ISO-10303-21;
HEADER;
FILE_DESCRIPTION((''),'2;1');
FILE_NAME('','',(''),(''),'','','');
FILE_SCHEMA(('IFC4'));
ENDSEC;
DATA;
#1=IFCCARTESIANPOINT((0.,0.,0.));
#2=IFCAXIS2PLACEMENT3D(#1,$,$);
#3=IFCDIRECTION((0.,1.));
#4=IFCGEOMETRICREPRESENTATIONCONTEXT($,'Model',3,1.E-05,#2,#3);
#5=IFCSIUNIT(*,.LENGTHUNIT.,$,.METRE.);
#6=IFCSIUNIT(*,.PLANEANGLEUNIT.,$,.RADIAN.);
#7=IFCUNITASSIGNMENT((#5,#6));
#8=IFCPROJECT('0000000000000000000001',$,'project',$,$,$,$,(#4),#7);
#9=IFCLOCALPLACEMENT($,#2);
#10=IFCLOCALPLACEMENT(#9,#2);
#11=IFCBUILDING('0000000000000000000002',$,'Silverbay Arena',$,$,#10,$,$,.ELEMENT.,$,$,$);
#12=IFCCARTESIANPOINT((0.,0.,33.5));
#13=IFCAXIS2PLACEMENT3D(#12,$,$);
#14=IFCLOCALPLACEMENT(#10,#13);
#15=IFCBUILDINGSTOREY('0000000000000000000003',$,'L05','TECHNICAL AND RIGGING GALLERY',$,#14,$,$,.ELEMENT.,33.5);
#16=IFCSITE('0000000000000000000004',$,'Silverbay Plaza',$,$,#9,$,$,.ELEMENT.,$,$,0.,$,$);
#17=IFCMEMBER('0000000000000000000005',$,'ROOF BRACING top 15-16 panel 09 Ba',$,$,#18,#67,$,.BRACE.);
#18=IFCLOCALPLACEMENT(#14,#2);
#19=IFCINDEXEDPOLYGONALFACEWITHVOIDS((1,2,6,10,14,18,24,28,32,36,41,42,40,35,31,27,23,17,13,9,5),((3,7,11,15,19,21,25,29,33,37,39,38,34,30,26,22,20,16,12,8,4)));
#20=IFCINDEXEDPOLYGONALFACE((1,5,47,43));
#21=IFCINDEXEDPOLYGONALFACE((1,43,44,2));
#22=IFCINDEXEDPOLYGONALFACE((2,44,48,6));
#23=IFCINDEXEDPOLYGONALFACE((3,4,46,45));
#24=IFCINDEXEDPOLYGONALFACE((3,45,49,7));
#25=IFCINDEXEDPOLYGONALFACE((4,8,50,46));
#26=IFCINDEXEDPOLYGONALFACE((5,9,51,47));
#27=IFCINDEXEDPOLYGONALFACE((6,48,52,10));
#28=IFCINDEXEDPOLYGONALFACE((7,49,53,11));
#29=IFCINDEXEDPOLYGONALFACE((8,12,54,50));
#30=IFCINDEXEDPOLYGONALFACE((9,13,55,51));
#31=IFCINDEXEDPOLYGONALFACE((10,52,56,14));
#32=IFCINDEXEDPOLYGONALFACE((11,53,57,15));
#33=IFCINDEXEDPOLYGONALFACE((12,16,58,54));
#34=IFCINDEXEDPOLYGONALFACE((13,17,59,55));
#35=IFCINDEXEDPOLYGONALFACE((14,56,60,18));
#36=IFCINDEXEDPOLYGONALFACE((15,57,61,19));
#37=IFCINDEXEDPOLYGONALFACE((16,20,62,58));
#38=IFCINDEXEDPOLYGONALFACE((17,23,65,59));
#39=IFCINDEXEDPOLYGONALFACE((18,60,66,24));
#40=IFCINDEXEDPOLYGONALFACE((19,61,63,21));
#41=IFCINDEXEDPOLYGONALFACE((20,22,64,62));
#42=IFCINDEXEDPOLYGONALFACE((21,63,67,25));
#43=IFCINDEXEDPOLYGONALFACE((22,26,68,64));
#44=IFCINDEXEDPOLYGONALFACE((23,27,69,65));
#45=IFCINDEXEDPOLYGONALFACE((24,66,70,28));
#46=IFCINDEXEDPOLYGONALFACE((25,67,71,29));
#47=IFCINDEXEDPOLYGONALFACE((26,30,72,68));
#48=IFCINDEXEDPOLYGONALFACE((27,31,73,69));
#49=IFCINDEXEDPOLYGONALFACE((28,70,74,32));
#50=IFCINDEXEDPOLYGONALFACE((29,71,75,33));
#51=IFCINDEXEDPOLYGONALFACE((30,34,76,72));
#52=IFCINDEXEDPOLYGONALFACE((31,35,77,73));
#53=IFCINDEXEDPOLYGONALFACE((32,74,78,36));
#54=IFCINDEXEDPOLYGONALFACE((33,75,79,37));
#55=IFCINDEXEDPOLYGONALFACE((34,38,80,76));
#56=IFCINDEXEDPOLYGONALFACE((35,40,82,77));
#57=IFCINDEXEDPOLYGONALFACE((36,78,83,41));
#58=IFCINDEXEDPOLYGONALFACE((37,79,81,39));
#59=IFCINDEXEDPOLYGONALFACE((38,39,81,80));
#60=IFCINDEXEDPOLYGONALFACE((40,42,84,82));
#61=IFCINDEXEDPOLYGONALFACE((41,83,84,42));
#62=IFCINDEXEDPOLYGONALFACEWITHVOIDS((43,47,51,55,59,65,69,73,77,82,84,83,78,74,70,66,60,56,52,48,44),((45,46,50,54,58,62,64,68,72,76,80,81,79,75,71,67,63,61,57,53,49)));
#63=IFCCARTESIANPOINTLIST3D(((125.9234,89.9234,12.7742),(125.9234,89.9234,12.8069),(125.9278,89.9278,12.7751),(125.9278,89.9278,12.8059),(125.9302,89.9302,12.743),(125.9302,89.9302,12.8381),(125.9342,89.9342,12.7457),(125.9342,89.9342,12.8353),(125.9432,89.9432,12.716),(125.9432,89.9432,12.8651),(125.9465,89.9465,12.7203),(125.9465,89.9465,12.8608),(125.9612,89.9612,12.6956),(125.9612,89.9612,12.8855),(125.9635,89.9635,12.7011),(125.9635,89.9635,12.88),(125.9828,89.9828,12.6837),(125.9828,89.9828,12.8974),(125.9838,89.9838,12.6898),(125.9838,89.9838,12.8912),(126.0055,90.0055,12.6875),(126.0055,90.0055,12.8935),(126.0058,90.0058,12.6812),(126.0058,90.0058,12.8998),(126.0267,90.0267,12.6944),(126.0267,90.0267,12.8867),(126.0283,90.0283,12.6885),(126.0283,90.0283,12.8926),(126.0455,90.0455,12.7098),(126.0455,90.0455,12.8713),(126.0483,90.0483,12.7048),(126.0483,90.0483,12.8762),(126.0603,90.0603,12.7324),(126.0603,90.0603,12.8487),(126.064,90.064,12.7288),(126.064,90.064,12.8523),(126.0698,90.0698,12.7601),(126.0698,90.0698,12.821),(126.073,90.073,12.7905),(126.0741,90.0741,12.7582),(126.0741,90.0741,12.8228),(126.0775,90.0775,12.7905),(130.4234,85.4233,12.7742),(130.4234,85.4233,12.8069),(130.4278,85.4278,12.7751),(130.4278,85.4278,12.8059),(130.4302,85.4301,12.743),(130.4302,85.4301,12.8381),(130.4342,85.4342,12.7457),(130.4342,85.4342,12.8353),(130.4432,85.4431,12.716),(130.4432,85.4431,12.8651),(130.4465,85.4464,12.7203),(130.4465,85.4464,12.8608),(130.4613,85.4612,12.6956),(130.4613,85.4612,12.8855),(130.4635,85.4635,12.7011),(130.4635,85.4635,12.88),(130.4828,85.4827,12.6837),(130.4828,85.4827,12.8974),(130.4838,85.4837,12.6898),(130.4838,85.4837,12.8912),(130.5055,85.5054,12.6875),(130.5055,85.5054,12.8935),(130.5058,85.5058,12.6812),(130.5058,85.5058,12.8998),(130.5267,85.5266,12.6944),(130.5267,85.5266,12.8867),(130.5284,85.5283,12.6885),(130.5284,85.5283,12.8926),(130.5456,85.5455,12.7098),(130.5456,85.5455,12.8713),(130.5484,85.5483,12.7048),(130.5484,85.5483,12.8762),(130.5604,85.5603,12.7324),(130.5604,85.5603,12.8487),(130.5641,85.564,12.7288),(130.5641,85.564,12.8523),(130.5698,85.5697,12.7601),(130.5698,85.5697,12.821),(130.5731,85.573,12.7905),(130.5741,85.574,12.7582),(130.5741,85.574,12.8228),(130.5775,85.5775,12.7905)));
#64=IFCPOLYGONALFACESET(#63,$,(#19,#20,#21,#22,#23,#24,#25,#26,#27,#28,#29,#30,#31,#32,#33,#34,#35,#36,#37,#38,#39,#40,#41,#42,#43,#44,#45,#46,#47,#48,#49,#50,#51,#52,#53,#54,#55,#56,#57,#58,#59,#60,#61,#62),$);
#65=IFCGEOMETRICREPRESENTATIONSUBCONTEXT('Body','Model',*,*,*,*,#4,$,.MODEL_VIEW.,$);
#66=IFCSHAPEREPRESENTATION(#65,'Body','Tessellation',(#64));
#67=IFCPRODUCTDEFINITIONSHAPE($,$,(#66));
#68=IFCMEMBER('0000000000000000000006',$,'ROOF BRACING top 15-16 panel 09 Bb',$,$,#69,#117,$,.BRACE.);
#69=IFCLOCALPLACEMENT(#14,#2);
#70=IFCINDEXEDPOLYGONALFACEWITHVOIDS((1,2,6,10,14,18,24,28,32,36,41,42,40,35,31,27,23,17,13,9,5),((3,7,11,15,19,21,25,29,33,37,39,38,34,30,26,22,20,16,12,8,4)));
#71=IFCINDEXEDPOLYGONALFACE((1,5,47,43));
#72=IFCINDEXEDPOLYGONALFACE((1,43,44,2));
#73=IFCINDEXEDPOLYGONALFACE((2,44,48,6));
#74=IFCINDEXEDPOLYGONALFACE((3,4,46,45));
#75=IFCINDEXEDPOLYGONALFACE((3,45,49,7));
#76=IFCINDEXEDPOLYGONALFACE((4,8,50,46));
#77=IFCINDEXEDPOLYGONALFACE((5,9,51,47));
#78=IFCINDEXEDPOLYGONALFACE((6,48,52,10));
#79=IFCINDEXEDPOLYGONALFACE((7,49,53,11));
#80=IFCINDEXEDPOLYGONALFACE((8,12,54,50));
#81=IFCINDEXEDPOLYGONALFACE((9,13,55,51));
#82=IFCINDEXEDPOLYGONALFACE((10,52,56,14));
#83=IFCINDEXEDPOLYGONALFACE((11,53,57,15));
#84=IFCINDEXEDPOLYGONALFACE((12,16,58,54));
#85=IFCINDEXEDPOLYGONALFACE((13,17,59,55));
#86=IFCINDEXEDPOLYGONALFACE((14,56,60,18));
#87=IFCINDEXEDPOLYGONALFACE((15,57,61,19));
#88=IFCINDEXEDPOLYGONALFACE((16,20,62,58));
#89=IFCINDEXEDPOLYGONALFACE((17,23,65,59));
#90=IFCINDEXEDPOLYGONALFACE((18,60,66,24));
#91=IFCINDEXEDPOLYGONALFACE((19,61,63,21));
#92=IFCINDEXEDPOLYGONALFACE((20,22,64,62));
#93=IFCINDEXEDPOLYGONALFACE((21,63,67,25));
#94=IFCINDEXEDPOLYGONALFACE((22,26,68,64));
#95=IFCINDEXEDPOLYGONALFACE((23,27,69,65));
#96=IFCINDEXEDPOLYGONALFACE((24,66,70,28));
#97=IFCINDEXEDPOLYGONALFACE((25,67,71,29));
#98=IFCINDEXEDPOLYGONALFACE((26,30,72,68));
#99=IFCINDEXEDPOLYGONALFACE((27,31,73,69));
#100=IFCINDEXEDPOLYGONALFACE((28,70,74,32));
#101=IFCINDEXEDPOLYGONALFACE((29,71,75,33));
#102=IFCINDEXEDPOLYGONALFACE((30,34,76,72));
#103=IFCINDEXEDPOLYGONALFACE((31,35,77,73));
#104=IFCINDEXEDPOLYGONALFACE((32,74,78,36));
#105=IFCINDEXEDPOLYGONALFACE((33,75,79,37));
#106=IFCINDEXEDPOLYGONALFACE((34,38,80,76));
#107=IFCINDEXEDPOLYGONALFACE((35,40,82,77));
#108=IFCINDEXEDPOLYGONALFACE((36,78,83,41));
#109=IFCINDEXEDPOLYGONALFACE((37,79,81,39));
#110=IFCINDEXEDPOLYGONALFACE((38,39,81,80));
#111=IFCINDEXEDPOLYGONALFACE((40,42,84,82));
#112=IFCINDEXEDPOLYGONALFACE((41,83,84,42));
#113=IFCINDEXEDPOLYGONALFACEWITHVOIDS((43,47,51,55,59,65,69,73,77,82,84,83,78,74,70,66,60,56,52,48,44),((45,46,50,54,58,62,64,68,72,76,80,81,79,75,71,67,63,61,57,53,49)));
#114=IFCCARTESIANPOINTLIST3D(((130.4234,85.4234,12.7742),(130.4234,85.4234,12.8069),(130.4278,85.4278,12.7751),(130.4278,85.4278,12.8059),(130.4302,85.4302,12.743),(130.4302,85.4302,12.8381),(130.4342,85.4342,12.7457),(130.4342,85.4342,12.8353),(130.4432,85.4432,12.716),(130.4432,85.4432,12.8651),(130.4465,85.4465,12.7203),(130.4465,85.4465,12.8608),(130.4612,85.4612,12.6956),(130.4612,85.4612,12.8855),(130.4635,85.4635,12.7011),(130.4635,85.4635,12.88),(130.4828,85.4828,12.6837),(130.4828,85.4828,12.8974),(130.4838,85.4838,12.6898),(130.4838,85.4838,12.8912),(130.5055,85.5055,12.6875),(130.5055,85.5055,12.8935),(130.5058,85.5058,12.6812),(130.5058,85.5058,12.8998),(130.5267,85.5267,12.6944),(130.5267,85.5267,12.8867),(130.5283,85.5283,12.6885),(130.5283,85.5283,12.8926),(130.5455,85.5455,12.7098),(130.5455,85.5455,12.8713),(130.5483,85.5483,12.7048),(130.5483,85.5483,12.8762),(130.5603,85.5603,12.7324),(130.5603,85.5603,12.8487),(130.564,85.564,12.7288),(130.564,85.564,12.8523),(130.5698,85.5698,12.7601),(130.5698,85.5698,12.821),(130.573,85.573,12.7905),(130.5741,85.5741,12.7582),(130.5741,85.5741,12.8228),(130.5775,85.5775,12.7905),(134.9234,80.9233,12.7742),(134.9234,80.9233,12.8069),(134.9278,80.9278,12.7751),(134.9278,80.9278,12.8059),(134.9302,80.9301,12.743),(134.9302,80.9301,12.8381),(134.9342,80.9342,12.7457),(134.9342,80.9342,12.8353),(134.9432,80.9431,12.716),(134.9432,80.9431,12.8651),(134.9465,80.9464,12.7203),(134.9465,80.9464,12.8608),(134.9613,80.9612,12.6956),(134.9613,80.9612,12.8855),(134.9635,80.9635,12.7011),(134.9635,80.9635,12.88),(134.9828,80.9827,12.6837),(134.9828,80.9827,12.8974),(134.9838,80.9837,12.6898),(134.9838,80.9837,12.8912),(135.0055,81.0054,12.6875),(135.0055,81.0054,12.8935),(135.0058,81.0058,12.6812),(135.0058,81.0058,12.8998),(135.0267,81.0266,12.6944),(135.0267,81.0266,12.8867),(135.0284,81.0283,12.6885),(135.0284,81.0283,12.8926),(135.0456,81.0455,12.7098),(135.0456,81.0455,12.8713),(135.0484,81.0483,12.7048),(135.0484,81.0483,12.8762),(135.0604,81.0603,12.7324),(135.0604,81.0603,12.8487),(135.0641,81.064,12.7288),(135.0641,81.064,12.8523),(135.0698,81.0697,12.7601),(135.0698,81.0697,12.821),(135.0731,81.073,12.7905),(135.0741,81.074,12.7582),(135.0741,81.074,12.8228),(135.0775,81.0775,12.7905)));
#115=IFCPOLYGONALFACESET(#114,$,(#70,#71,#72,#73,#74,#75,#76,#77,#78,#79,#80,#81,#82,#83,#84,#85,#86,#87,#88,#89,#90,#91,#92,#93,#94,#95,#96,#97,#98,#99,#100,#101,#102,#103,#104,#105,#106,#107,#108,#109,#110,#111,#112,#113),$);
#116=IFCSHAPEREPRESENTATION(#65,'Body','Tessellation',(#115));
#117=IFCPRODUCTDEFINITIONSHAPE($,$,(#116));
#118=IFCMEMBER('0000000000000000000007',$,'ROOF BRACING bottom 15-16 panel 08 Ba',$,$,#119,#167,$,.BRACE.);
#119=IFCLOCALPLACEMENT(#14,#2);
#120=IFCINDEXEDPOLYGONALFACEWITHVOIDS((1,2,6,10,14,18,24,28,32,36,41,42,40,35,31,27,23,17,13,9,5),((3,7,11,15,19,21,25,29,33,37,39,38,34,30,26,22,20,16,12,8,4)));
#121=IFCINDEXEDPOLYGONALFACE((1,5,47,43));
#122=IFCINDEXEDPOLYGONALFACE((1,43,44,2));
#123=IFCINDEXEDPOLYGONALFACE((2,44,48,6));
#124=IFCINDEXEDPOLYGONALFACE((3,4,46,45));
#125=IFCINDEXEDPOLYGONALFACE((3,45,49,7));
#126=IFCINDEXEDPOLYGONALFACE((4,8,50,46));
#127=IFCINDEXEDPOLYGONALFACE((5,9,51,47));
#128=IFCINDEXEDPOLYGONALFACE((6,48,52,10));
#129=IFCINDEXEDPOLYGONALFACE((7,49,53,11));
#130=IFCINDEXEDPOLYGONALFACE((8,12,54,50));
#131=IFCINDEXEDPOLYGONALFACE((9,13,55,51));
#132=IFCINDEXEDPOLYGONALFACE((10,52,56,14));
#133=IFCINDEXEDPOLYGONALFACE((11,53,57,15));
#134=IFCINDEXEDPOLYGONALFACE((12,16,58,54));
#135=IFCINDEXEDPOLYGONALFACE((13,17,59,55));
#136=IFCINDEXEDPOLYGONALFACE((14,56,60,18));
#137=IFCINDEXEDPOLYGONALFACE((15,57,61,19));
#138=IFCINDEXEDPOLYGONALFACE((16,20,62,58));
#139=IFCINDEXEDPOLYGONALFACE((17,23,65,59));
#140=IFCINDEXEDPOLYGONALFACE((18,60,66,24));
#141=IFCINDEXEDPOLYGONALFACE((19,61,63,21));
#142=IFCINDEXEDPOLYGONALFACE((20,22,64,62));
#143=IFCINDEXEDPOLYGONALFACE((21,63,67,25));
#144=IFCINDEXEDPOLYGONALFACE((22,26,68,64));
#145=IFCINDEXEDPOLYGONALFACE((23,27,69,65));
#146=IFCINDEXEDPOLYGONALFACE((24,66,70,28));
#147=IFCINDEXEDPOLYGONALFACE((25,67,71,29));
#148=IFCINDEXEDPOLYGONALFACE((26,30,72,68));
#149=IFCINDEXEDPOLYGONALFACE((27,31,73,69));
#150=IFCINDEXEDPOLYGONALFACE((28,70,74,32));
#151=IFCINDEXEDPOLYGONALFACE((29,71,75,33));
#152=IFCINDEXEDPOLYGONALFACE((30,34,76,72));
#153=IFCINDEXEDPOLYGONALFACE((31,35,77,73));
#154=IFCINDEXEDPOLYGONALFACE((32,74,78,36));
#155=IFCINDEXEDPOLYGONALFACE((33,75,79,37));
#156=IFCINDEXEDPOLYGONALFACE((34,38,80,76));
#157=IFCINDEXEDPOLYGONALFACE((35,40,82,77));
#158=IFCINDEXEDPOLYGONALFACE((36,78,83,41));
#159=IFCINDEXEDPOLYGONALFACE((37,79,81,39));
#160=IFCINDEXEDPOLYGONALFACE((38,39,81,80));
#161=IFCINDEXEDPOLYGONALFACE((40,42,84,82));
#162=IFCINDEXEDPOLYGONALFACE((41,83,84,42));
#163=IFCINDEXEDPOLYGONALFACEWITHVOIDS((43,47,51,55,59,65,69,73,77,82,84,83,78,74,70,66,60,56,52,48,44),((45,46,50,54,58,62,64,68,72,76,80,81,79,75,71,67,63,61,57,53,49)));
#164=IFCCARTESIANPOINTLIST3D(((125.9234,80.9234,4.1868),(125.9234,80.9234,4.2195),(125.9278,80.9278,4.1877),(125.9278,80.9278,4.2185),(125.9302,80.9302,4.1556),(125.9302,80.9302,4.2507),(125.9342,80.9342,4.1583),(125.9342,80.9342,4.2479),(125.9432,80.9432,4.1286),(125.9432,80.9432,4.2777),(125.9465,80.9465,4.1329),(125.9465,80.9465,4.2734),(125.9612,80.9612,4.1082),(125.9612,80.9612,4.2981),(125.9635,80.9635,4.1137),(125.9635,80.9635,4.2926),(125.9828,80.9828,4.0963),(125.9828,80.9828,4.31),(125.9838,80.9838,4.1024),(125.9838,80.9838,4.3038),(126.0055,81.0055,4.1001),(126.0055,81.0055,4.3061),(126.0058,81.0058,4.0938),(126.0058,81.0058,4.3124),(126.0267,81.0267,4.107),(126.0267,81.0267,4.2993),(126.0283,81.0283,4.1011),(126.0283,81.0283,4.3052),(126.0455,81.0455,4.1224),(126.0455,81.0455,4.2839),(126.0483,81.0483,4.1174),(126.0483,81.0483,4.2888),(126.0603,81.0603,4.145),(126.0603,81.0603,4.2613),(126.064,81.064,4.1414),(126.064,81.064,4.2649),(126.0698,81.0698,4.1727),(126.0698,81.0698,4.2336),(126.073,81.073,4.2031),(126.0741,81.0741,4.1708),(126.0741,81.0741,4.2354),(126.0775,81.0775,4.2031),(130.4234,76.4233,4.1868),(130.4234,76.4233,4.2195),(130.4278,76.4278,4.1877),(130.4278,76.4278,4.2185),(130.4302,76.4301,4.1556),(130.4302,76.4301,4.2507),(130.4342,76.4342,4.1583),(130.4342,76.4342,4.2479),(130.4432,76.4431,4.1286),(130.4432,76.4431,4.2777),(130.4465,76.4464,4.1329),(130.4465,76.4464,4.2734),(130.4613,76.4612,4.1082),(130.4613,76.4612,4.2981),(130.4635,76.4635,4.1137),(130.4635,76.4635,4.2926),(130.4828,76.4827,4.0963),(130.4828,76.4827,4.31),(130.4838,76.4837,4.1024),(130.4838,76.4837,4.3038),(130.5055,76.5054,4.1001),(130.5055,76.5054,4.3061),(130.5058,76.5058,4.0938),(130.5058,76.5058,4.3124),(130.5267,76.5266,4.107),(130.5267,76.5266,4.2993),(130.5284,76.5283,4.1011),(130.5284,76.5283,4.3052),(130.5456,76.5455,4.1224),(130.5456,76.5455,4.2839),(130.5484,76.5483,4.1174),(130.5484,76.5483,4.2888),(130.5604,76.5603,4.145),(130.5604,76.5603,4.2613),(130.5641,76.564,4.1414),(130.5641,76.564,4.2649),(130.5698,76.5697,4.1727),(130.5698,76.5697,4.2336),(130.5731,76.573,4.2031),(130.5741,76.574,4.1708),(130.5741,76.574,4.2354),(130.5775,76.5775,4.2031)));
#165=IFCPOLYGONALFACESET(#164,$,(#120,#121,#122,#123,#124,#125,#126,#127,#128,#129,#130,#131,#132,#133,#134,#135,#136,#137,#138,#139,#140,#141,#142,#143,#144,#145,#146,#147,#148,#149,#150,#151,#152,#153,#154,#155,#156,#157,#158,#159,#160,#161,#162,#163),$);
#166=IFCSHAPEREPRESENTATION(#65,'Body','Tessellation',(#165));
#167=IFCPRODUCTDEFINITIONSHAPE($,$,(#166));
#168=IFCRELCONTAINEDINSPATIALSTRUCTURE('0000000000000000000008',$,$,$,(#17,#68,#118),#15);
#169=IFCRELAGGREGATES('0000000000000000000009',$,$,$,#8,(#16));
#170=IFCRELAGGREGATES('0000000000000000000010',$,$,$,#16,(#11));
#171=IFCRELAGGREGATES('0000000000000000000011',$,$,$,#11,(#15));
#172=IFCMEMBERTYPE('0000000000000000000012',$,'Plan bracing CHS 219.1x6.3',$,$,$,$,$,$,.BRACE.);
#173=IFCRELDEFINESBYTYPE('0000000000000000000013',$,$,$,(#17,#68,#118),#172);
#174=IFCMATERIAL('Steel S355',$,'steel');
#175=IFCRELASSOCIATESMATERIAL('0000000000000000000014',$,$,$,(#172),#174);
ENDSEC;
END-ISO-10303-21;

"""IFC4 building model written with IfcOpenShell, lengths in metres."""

from ifc_helpers import new_model, si_unit, direction, frame, origin, origin_2d, place, context, subcontext, project, spatial, hollow_circle, extrude, material, material_profile, profile_set, type_object, element, save


model = new_model("IFC4")

# Units and contexts
model_context = context("Model", 3, precision=1e-05, world=origin(), true_north=direction((0.0, 1.0)))
body_context = subcontext(model_context, "Body", "Model", "MODEL_VIEW")
ifc_project = project(units=[si_unit("LENGTHUNIT", "METRE"), si_unit("PLANEANGLEUNIT", "RADIAN")], contexts=[model_context])

# Site, building, storey
site_placement = place(None, origin())
site = spatial("IfcSite", under=ifc_project, at=site_placement, Name="Silverbay Plaza", CompositionType="ELEMENT", RefElevation=0.0)
building_placement = place(site_placement, origin())
building = spatial("IfcBuilding", under=site, at=building_placement, Name="Silverbay Arena", CompositionType="ELEMENT")
storey_placement = place(building_placement, frame((0.0, 0.0, 33.5)))
storey = spatial("IfcBuildingStorey", under=building, at=storey_placement, Name="L05", Description="TECHNICAL AND RIGGING GALLERY", CompositionType="ELEMENT", Elevation=33.5)

# Members
ifc_material_1 = material(Name="Steel S355", Category="steel")
ifc_material_profile_1 = material_profile(ifc_material_1, hollow_circle(Radius=0.1096, WallThickness=0.0063, at=origin_2d()), Name="CHS 219.1x6.3")
ifc_profile_set_1 = profile_set([ifc_material_profile_1], Name="Steel S355")
member_type_1 = type_object("IfcMemberType", Name="Plan bracing CHS 219.1x6.3", PredefinedType="BRACE", material=ifc_profile_set_1)
for number, where, z_axis, x_axis, name in (
    (1, (126.0, 90.0, 12.7905), (0.707107, -0.707107, 0.0), (0.707107, 0.707107, 0.0), "ROOF BRACING top 15-16 panel 09 Ba"),
    (2, (130.5, 85.5, 12.7905), (0.707107, -0.707107, 0.0), (0.707107, 0.707107, 0.0), "ROOF BRACING top 15-16 panel 09 Bb"),
    (3, (126.0, 81.0, 4.2031), (0.707107, -0.707107, 0.0), (0.707107, 0.707107, 0.0), "ROOF BRACING bottom 15-16 panel 08 Ba"),
):
    element("IfcMember", number, at=place(storey_placement, frame(where, z_axis=z_axis, x_axis=x_axis)), inside=storey, type_object=member_type_1, Name=name, PredefinedType="BRACE", context=body_context, shape_type="SweptSolid", body=[
        extrude(hollow_circle(Radius=0.1096, WallThickness=0.0063, at=origin_2d()), origin(), (0.0, 0.0, 1.0), 6.364),
    ])

save(model, "model.ifc")
